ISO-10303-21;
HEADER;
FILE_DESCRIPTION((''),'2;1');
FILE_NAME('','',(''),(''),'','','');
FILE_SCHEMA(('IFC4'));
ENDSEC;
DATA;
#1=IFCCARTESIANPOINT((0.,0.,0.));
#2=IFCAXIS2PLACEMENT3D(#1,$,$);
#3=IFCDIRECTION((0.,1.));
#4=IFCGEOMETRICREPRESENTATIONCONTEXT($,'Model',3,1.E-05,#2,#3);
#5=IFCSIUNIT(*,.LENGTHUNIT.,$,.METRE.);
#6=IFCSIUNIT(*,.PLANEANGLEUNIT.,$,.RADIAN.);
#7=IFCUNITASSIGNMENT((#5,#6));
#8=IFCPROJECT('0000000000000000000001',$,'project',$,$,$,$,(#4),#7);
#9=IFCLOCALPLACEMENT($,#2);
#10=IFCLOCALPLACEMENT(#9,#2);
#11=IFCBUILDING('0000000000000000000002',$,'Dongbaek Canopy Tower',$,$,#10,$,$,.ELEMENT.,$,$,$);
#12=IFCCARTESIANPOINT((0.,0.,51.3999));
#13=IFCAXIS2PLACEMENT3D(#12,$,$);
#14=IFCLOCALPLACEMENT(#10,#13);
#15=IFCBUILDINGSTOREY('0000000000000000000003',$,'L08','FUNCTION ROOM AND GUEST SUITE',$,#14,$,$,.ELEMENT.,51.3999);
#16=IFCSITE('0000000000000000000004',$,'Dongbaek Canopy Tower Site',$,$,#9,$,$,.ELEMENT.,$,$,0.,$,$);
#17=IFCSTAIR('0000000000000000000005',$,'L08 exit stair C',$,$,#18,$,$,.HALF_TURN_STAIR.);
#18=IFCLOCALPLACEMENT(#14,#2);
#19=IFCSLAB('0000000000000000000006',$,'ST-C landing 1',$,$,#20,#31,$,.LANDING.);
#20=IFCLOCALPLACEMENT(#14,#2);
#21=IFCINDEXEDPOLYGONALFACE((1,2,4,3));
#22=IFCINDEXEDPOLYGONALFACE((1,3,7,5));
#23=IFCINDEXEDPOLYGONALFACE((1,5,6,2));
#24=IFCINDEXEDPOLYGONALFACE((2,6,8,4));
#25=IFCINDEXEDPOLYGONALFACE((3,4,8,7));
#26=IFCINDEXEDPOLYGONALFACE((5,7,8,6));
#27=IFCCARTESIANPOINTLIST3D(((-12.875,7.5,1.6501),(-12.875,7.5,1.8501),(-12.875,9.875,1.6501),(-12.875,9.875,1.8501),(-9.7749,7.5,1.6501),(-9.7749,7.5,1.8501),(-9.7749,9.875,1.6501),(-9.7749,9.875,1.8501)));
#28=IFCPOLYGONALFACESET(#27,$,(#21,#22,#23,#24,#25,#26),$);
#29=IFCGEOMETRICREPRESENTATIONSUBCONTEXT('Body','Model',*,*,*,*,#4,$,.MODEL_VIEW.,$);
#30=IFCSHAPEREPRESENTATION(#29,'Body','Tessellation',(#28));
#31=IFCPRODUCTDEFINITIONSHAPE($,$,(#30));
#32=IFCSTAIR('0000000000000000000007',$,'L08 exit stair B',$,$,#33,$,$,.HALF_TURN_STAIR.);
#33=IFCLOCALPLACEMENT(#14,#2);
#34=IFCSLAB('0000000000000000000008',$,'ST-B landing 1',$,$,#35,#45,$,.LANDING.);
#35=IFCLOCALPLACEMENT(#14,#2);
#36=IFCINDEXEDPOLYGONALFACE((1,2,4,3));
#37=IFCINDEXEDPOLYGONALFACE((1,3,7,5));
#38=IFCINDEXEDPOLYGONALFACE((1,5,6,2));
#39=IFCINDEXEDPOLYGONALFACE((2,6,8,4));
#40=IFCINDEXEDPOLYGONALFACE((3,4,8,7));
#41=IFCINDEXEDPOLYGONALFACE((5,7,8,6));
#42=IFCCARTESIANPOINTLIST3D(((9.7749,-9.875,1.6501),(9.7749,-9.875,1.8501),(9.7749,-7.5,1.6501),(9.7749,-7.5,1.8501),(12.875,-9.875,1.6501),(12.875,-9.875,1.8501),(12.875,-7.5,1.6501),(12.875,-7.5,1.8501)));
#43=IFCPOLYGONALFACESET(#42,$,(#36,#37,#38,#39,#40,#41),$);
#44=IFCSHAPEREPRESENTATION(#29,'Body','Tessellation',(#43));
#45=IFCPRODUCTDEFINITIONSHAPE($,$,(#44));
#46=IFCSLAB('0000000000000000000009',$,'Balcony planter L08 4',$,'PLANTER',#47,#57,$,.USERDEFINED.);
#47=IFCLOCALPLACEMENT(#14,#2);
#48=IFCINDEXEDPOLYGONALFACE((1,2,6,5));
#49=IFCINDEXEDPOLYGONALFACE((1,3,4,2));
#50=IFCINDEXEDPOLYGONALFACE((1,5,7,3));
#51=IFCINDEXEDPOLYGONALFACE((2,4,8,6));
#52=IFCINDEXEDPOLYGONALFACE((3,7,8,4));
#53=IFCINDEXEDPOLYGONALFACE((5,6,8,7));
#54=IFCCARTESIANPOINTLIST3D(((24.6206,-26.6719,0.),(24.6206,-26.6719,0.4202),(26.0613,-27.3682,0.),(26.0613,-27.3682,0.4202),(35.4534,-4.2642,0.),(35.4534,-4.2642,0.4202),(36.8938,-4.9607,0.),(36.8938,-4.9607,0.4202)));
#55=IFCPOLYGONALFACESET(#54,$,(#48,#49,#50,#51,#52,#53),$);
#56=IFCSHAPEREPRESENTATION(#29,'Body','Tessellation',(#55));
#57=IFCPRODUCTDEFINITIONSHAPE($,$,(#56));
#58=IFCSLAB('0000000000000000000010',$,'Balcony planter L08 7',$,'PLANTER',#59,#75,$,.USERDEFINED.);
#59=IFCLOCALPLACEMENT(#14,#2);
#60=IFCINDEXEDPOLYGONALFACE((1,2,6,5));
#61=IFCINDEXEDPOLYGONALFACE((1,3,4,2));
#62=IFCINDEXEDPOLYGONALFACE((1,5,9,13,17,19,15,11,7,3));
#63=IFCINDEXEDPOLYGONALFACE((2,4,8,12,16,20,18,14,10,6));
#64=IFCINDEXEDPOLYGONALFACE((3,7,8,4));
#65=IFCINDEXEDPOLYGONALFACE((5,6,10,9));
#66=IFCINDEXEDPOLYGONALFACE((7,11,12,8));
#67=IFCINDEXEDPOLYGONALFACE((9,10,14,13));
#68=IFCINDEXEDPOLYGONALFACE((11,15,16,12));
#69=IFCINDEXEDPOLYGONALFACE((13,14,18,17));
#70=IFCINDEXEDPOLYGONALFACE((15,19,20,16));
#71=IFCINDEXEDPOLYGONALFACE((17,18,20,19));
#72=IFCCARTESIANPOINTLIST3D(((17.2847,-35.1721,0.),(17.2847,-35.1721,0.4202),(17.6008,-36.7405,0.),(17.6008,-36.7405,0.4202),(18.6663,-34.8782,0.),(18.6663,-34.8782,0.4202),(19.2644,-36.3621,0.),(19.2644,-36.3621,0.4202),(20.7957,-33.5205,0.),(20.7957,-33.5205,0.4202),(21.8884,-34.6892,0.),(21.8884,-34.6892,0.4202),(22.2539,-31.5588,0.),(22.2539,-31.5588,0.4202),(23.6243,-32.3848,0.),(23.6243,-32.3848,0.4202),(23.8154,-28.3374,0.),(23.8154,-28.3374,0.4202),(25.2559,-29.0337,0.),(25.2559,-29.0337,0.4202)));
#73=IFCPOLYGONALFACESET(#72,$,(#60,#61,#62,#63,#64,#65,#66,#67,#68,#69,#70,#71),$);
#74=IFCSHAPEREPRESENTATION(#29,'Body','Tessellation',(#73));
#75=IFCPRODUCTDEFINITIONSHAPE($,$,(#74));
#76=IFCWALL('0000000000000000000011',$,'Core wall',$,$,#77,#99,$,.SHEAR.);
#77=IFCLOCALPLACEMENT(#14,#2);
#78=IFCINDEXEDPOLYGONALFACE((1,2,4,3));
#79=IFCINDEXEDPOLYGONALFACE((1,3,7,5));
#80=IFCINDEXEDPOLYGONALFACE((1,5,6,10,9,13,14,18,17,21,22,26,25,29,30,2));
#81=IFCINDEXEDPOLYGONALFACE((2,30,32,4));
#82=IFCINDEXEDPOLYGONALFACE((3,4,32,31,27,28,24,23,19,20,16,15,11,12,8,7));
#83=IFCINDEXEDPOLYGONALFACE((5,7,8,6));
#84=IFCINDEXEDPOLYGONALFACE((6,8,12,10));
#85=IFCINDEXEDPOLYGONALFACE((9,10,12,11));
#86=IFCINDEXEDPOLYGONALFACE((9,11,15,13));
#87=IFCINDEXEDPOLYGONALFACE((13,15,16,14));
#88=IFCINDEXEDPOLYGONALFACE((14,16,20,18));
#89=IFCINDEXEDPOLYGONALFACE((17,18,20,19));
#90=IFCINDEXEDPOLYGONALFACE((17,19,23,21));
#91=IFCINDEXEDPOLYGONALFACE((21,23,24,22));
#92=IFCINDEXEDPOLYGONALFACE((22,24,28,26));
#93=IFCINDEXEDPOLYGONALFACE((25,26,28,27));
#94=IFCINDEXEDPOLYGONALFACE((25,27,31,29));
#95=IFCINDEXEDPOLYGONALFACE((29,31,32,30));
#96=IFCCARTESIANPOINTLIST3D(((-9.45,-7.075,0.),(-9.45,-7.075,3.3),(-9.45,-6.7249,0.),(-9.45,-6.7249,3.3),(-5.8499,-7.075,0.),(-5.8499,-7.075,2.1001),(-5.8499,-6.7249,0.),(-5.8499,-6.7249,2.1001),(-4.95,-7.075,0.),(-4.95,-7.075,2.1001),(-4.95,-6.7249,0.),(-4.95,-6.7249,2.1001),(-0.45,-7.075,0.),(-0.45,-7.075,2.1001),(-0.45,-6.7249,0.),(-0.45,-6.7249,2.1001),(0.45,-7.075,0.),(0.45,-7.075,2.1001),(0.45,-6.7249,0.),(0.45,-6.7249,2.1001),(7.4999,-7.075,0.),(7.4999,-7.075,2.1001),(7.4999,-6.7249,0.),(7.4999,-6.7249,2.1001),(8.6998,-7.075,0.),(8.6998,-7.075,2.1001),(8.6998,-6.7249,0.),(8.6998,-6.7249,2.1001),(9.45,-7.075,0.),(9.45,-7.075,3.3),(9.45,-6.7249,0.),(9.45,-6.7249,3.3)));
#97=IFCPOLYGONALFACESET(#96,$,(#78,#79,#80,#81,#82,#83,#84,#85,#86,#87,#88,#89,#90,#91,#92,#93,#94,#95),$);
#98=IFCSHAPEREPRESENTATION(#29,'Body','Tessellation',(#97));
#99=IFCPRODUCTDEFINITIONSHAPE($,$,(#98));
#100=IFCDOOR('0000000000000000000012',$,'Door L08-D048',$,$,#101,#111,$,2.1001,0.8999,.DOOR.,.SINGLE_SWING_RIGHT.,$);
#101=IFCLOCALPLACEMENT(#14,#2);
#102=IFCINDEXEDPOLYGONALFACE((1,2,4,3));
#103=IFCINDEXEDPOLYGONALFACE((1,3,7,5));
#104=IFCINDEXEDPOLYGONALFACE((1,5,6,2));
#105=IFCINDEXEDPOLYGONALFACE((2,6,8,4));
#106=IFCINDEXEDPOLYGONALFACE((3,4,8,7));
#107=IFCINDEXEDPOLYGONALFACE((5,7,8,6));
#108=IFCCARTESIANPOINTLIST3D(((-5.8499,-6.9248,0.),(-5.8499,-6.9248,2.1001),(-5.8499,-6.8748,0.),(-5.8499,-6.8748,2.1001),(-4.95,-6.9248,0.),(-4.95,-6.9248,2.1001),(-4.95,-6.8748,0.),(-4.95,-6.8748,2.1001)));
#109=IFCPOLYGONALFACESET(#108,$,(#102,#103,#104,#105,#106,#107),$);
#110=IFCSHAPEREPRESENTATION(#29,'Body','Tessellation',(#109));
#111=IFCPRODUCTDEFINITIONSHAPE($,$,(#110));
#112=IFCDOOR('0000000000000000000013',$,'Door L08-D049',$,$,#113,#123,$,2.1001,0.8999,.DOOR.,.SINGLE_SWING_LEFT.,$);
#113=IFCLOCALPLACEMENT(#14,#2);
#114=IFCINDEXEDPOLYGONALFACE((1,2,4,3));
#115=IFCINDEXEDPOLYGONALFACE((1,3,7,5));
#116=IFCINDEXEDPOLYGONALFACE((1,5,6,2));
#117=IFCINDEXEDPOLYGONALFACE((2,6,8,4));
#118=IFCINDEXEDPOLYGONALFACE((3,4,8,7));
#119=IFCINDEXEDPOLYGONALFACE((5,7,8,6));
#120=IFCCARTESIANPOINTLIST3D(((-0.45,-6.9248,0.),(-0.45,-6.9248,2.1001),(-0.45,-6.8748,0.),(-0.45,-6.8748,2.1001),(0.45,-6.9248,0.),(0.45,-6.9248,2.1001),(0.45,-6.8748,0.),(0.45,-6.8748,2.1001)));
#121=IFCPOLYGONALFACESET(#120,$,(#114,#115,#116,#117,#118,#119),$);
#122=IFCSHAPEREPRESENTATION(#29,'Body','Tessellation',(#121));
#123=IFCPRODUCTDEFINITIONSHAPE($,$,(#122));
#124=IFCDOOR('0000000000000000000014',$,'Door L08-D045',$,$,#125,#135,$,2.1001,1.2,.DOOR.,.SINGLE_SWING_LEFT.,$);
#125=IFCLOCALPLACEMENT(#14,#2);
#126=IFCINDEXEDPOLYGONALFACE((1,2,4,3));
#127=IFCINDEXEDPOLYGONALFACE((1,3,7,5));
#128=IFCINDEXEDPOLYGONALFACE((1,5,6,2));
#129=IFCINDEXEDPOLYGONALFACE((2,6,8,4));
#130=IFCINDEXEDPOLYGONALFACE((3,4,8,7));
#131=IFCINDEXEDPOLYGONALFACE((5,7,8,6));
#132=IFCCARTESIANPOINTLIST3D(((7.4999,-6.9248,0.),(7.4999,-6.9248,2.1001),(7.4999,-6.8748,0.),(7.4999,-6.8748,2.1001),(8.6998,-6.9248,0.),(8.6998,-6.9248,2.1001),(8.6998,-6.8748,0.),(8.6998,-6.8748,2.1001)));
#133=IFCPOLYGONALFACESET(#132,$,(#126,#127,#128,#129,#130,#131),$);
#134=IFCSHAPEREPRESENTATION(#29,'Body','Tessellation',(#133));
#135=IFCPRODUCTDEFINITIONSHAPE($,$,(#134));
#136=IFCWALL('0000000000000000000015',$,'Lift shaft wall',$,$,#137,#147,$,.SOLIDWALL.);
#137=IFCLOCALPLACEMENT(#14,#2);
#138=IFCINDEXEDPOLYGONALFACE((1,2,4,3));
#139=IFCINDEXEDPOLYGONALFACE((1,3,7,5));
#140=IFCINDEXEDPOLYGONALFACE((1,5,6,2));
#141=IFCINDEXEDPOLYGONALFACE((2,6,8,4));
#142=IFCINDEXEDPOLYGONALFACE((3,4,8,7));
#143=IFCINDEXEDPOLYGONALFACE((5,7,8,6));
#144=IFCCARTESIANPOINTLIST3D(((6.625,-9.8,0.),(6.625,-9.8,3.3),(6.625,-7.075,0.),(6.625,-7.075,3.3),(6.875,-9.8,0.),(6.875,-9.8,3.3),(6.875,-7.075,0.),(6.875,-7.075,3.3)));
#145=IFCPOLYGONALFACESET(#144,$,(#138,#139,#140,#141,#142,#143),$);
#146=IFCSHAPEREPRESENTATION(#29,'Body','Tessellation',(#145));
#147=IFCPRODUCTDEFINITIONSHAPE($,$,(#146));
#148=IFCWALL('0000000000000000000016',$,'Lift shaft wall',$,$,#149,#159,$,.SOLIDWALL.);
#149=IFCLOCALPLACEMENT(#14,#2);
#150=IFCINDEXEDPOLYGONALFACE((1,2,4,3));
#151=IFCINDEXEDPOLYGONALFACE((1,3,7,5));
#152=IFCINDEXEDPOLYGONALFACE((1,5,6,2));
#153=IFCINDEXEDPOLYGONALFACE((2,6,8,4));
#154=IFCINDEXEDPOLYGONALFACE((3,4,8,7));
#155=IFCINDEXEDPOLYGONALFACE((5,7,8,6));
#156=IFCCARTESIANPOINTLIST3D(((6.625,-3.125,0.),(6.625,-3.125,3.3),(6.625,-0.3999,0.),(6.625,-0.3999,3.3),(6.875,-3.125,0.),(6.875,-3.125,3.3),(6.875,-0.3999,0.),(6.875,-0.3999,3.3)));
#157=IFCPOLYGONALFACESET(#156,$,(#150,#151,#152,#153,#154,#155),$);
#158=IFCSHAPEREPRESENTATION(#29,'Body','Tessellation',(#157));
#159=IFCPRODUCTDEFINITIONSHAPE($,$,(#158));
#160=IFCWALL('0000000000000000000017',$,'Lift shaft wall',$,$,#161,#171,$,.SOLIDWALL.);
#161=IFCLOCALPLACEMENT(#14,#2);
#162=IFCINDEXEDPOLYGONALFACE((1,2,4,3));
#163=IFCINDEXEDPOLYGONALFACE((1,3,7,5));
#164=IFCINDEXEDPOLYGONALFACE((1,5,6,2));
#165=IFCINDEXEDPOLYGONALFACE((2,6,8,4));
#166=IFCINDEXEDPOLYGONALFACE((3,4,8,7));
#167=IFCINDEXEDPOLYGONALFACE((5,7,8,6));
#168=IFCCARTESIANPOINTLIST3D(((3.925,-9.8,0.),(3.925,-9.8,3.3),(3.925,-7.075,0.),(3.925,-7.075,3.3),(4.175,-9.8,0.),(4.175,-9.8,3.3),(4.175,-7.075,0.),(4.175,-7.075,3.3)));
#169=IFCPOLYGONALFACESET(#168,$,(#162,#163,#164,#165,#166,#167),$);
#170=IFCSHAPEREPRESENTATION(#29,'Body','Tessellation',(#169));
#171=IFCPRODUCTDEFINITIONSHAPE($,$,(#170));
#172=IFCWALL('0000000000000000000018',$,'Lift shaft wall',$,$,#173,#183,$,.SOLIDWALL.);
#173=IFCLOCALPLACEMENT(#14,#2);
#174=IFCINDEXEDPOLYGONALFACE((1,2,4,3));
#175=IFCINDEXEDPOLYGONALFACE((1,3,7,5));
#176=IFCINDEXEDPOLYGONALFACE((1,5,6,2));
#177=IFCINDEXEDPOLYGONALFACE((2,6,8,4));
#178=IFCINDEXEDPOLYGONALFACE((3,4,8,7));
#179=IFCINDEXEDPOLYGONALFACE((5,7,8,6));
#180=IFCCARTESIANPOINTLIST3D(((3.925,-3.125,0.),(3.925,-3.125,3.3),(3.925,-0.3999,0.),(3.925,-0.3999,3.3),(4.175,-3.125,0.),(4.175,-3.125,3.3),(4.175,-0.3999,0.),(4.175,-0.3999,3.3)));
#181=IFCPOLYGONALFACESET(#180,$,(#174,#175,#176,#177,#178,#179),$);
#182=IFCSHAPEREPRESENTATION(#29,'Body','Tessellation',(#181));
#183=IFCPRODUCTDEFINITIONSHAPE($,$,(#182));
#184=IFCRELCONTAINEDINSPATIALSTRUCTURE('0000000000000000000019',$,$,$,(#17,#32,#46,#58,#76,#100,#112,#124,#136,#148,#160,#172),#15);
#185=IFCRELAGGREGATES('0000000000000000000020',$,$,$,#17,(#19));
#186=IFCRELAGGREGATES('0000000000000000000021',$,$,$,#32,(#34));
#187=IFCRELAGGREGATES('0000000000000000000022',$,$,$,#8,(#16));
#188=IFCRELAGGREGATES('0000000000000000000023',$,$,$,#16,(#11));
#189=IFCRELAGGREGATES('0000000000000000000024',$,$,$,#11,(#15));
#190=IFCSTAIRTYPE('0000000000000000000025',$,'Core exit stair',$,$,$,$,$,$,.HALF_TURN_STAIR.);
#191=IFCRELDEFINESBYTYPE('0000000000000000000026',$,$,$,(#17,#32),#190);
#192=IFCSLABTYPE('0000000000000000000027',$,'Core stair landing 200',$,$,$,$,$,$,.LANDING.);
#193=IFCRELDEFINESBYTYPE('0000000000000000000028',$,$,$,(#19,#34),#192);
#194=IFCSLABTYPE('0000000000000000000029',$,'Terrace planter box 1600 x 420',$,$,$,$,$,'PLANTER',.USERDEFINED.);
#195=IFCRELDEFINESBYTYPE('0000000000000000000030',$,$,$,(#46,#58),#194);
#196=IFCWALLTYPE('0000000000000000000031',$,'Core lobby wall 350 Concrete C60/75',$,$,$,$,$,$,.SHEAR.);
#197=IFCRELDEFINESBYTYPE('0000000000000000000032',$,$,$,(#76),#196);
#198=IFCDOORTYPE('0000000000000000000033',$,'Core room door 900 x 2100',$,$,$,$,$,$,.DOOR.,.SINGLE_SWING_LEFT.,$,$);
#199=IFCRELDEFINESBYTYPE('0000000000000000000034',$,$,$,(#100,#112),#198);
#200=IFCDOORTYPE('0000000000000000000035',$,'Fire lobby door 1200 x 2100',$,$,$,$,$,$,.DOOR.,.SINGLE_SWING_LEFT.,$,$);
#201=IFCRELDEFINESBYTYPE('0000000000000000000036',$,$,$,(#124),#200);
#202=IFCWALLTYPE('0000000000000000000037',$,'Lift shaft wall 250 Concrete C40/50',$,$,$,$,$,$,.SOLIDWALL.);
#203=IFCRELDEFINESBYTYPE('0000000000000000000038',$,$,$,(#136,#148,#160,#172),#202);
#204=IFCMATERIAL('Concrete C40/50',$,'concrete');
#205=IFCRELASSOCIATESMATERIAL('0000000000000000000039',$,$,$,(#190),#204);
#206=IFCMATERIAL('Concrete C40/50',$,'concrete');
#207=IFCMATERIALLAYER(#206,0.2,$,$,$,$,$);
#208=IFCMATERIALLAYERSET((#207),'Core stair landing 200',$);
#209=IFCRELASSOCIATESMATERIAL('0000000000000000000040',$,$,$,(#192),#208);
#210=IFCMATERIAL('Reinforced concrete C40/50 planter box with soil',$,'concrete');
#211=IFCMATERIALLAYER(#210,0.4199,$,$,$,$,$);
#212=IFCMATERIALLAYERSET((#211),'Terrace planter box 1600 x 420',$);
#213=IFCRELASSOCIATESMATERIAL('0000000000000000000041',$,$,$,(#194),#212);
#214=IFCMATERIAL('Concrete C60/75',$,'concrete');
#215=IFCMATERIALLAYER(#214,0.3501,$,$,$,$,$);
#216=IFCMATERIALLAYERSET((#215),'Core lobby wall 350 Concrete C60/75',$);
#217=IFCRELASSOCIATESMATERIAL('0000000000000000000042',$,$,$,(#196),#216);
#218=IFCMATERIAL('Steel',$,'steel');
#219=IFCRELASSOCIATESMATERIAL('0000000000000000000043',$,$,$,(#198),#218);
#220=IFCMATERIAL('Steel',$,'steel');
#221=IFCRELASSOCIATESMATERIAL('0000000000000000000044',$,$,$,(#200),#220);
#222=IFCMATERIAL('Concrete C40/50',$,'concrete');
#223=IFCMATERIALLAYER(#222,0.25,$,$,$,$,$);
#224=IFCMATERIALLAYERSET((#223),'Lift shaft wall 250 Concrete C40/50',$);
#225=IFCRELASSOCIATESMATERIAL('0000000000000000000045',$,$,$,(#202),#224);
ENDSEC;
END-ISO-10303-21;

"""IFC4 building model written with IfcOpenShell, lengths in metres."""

from ifc_helpers import new_model, si_unit, direction, frame, frame_2d, origin, place, context, subcontext, project, spatial, polyline, rectangle, outline, extrude, material, layer, layer_set, type_object, element, fill, aggregate, save


model = new_model("IFC4")

# Units and contexts
model_context = context("Model", 3, precision=1e-05, world=origin(), true_north=direction((0.0, 1.0)))
body_context = subcontext(model_context, "Body", "Model", "MODEL_VIEW")
ifc_project = project(units=[si_unit("LENGTHUNIT", "METRE"), si_unit("PLANEANGLEUNIT", "RADIAN")], contexts=[model_context])

# Site, building, storey
site_placement = place(None, origin())
site = spatial("IfcSite", under=ifc_project, at=site_placement, Name="Dongbaek Canopy Tower Site", CompositionType="ELEMENT", RefElevation=0.0)
building_placement = place(site_placement, origin())
building = spatial("IfcBuilding", under=site, at=building_placement, Name="Dongbaek Canopy Tower", CompositionType="ELEMENT")
storey_placement = place(building_placement, frame((0.0, 0.0, 51.3999)))
storey = spatial("IfcBuildingStorey", under=building, at=storey_placement, Name="L08", Description="FUNCTION ROOM AND GUEST SUITE", CompositionType="ELEMENT", Elevation=51.3999)

# Stairs, slabs
ifc_material_1 = material(Name="Concrete C40/50", Category="concrete")
stair_type = type_object("IfcStairType", Name="Core exit stair", PredefinedType="HALF_TURN_STAIR", material=ifc_material_1)
ifc_material_2 = material(Name="Concrete C40/50", Category="concrete")
ifc_layer_1 = layer(ifc_material_2, 0.2)
ifc_layer_set_1 = layer_set([ifc_layer_1], Name="Core stair landing 200")
slab_type_1 = type_object("IfcSlabType", Name="Core stair landing 200", PredefinedType="LANDING", material=ifc_layer_set_1)
stair_1_placement = place(storey_placement, origin())
stair_1 = element("IfcStair", 1, at=stair_1_placement, inside=storey, type_object=stair_type, Name="L08 exit stair C", PredefinedType="HALF_TURN_STAIR")
slab_1_placement = place(storey_placement, frame((0.0, 0.0, 1.6501)))
slab_1 = element("IfcSlab", 2, at=slab_1_placement, type_object=slab_type_1, Name="ST-C landing 1", PredefinedType="LANDING", context=body_context, shape_type="SweptSolid", body=[
    extrude(outline(polyline([(-9.7749, 7.5), (-9.7749, 9.875), (-12.875, 9.875), (-12.875, 7.5), (-9.7749, 7.5)])), origin(), (0.0, 0.0, 1.0), 0.2),
])
aggregate(stair_1, [slab_1])
stair_2_placement = place(storey_placement, origin())
stair_2 = element("IfcStair", 3, at=stair_2_placement, inside=storey, type_object=stair_type, Name="L08 exit stair B", PredefinedType="HALF_TURN_STAIR")
slab_2_placement = place(storey_placement, frame((0.0, 0.0, 1.6501)))
slab_2 = element("IfcSlab", 4, at=slab_2_placement, type_object=slab_type_1, Name="ST-B landing 1", PredefinedType="LANDING", context=body_context, shape_type="SweptSolid", body=[
    extrude(outline(polyline([(9.7749, -7.5), (9.7749, -9.875), (12.875, -9.875), (12.875, -7.5), (9.7749, -7.5)])), origin(), (0.0, 0.0, 1.0), 0.2),
])

# Slabs
ifc_material_3 = material(Name="Reinforced concrete C40/50 planter box with soil", Category="concrete")
ifc_layer_2 = layer(ifc_material_3, 0.4199)
ifc_layer_set_2 = layer_set([ifc_layer_2], Name="Terrace planter box 1600 x 420")
slab_type_2 = type_object("IfcSlabType", Name="Terrace planter box 1600 x 420", ElementType="PLANTER", PredefinedType="USERDEFINED", material=ifc_layer_set_2)
slab_3_placement = place(storey_placement, origin())
element("IfcSlab", 5, at=slab_3_placement, inside=storey, type_object=slab_type_2, Name="Balcony planter L08 4", ObjectType="PLANTER", PredefinedType="USERDEFINED", context=body_context, shape_type="SweptSolid", body=[
    extrude(outline(polyline([(24.6206, -26.6719), (35.4534, -4.2642), (36.8938, -4.9607), (26.0613, -27.3682), (24.6206, -26.6719)])), origin(), (0.0, 0.0, 1.0), 0.4202),
])
slab_4_placement = place(storey_placement, origin())
element("IfcSlab", 6, at=slab_4_placement, inside=storey, type_object=slab_type_2, Name="Balcony planter L08 7", ObjectType="PLANTER", PredefinedType="USERDEFINED", context=body_context, shape_type="SweptSolid", body=[
    extrude(outline(polyline([(17.2847, -35.1721), (18.6663, -34.8782), (20.7957, -33.5205), (22.2539, -31.5588), (23.8154, -28.3374), (25.2559, -29.0337), (23.6243, -32.3848), (21.8884, -34.6892), (19.2644, -36.3621), (17.6008, -36.7405), (17.2847, -35.1721)])), origin(), (0.0, 0.0, 1.0), 0.4202),
])

# Wall, openings, doors
ifc_material_4 = material(Name="Concrete C60/75", Category="concrete")
ifc_layer_3 = layer(ifc_material_4, 0.3501)
ifc_layer_set_3 = layer_set([ifc_layer_3], Name="Core lobby wall 350 Concrete C60/75")
wall_type_1 = type_object("IfcWallType", Name="Core lobby wall 350 Concrete C60/75", PredefinedType="SHEAR", material=ifc_layer_set_3)
wall_1_placement = place(storey_placement, frame((9.45, -6.8999, 0.0), z_axis=(0.0, 0.0, 1.0), x_axis=(-1.0, 0.0, 0.0)))
wall_1 = element("IfcWall", 7, at=wall_1_placement, inside=storey, type_object=wall_type_1, Name="Core wall", PredefinedType="SHEAR", context=body_context, shape_type="SweptSolid", body=[
    extrude(rectangle(XDim=18.8999, YDim=0.3501, at=frame_2d((9.45, 0.0))), origin(), (0.0, 0.0, 1.0), 3.3),
])
opening_1_placement = place(wall_1_placement, frame((0.75, 0.0, 0.0)))
opening_1 = element("IfcOpeningElement", 8, at=opening_1_placement, cuts=wall_1, PredefinedType="OPENING", context=body_context, shape_type="SweptSolid", body=[
    extrude(rectangle(XDim=1.2, YDim=2.1001, at=frame_2d((0.6001, 1.05))), frame((0.0, 0.1851, 0.0), z_axis=(0.0, -1.0, 0.0), x_axis=(1.0, 0.0, 0.0)), (0.0, 0.0, 1.0), 0.3701),
])
opening_2_placement = place(wall_1_placement, frame((14.3999, 0.0, 0.0)))
opening_2 = element("IfcOpeningElement", 9, at=opening_2_placement, cuts=wall_1, PredefinedType="OPENING", context=body_context, shape_type="SweptSolid", body=[
    extrude(rectangle(XDim=0.8999, YDim=2.1001, at=frame_2d((0.45, 1.05))), frame((0.0, 0.1851, 0.0), z_axis=(0.0, -1.0, 0.0), x_axis=(1.0, 0.0, 0.0)), (0.0, 0.0, 1.0), 0.3701),
])
opening_3_placement = place(wall_1_placement, frame((9.0, 0.0, 0.0)))
opening_3 = element("IfcOpeningElement", 10, at=opening_3_placement, cuts=wall_1, PredefinedType="OPENING", context=body_context, shape_type="SweptSolid", body=[
    extrude(rectangle(XDim=0.8999, YDim=2.1001, at=frame_2d((0.45, 1.05))), frame((0.0, 0.1851, 0.0), z_axis=(0.0, -1.0, 0.0), x_axis=(1.0, 0.0, 0.0)), (0.0, 0.0, 1.0), 0.3701),
])
ifc_material_5 = material(Name="Steel", Category="steel")
door_type_1 = type_object("IfcDoorType", Name="Core room door 900 x 2100", OperationType="SINGLE_SWING_LEFT", PredefinedType="DOOR", material=ifc_material_5)
door_1_placement = place(opening_2_placement, origin())
door_1 = element("IfcDoor", 11, at=door_1_placement, inside=storey, type_object=door_type_1, Name="Door L08-D048", OperationType="SINGLE_SWING_RIGHT", OverallHeight=2.1001, OverallWidth=0.8999, PredefinedType="DOOR", context=body_context, shape_type="SweptSolid", body=[
    extrude(rectangle(XDim=0.8999, YDim=2.1001, at=frame_2d((0.45, 1.05))), frame((0.0, 0.0249, 0.0), z_axis=(0.0, -1.0, 0.0), x_axis=(1.0, 0.0, 0.0)), (0.0, 0.0, 1.0), 0.05),
])
fill(opening_2, door_1)
door_2_placement = place(opening_3_placement, origin())
door_2 = element("IfcDoor", 12, at=door_2_placement, inside=storey, type_object=door_type_1, Name="Door L08-D049", OperationType="SINGLE_SWING_LEFT", OverallHeight=2.1001, OverallWidth=0.8999, PredefinedType="DOOR", context=body_context, shape_type="SweptSolid", body=[
    extrude(rectangle(XDim=0.8999, YDim=2.1001, at=frame_2d((0.45, 1.05))), frame((0.0, 0.0249, 0.0), z_axis=(0.0, -1.0, 0.0), x_axis=(1.0, 0.0, 0.0)), (0.0, 0.0, 1.0), 0.05),
])
fill(opening_3, door_2)
ifc_material_6 = material(Name="Steel", Category="steel")
door_type_2 = type_object("IfcDoorType", Name="Fire lobby door 1200 x 2100", OperationType="SINGLE_SWING_LEFT", PredefinedType="DOOR", material=ifc_material_6)
door_3_placement = place(opening_1_placement, origin())
door_3 = element("IfcDoor", 13, at=door_3_placement, inside=storey, type_object=door_type_2, Name="Door L08-D045", OperationType="SINGLE_SWING_LEFT", OverallHeight=2.1001, OverallWidth=1.2, PredefinedType="DOOR", context=body_context, shape_type="SweptSolid", body=[
    extrude(rectangle(XDim=1.2, YDim=2.1001, at=frame_2d((0.6001, 1.05))), frame((0.0, 0.0249, 0.0), z_axis=(0.0, -1.0, 0.0), x_axis=(1.0, 0.0, 0.0)), (0.0, 0.0, 1.0), 0.05),
])
fill(opening_1, door_3)

# Walls
ifc_material_7 = material(Name="Concrete C40/50", Category="concrete")
ifc_layer_4 = layer(ifc_material_7, 0.25)
ifc_layer_set_4 = layer_set([ifc_layer_4], Name="Lift shaft wall 250 Concrete C40/50")
wall_type_2 = type_object("IfcWallType", Name="Lift shaft wall 250 Concrete C40/50", PredefinedType="SOLIDWALL", material=ifc_layer_set_4)
for number, where, z_axis, x_axis, name in (
    (14, (6.75, -9.8, 0.0), (0.0, 0.0, 1.0), (0.0, 1.0, 0.0), "Lift shaft wall"),
    (15, (6.75, -3.125, 0.0), (0.0, 0.0, 1.0), (0.0, 1.0, 0.0), "Lift shaft wall"),
    (16, (4.05, -9.8, 0.0), (0.0, 0.0, 1.0), (0.0, 1.0, 0.0), "Lift shaft wall"),
    (17, (4.05, -3.125, 0.0), (0.0, 0.0, 1.0), (0.0, 1.0, 0.0), "Lift shaft wall"),
):
    element("IfcWall", number, at=place(storey_placement, frame(where, z_axis=z_axis, x_axis=x_axis)), inside=storey, type_object=wall_type_2, Name=name, PredefinedType="SOLIDWALL", context=body_context, shape_type="SweptSolid", body=[
        extrude(rectangle(XDim=2.7251, YDim=0.25, at=frame_2d((1.3625, 0.0))), origin(), (0.0, 0.0, 1.0), 3.3),
    ])

aggregate(stair_2, [slab_2])

save(model, "model.ifc")
